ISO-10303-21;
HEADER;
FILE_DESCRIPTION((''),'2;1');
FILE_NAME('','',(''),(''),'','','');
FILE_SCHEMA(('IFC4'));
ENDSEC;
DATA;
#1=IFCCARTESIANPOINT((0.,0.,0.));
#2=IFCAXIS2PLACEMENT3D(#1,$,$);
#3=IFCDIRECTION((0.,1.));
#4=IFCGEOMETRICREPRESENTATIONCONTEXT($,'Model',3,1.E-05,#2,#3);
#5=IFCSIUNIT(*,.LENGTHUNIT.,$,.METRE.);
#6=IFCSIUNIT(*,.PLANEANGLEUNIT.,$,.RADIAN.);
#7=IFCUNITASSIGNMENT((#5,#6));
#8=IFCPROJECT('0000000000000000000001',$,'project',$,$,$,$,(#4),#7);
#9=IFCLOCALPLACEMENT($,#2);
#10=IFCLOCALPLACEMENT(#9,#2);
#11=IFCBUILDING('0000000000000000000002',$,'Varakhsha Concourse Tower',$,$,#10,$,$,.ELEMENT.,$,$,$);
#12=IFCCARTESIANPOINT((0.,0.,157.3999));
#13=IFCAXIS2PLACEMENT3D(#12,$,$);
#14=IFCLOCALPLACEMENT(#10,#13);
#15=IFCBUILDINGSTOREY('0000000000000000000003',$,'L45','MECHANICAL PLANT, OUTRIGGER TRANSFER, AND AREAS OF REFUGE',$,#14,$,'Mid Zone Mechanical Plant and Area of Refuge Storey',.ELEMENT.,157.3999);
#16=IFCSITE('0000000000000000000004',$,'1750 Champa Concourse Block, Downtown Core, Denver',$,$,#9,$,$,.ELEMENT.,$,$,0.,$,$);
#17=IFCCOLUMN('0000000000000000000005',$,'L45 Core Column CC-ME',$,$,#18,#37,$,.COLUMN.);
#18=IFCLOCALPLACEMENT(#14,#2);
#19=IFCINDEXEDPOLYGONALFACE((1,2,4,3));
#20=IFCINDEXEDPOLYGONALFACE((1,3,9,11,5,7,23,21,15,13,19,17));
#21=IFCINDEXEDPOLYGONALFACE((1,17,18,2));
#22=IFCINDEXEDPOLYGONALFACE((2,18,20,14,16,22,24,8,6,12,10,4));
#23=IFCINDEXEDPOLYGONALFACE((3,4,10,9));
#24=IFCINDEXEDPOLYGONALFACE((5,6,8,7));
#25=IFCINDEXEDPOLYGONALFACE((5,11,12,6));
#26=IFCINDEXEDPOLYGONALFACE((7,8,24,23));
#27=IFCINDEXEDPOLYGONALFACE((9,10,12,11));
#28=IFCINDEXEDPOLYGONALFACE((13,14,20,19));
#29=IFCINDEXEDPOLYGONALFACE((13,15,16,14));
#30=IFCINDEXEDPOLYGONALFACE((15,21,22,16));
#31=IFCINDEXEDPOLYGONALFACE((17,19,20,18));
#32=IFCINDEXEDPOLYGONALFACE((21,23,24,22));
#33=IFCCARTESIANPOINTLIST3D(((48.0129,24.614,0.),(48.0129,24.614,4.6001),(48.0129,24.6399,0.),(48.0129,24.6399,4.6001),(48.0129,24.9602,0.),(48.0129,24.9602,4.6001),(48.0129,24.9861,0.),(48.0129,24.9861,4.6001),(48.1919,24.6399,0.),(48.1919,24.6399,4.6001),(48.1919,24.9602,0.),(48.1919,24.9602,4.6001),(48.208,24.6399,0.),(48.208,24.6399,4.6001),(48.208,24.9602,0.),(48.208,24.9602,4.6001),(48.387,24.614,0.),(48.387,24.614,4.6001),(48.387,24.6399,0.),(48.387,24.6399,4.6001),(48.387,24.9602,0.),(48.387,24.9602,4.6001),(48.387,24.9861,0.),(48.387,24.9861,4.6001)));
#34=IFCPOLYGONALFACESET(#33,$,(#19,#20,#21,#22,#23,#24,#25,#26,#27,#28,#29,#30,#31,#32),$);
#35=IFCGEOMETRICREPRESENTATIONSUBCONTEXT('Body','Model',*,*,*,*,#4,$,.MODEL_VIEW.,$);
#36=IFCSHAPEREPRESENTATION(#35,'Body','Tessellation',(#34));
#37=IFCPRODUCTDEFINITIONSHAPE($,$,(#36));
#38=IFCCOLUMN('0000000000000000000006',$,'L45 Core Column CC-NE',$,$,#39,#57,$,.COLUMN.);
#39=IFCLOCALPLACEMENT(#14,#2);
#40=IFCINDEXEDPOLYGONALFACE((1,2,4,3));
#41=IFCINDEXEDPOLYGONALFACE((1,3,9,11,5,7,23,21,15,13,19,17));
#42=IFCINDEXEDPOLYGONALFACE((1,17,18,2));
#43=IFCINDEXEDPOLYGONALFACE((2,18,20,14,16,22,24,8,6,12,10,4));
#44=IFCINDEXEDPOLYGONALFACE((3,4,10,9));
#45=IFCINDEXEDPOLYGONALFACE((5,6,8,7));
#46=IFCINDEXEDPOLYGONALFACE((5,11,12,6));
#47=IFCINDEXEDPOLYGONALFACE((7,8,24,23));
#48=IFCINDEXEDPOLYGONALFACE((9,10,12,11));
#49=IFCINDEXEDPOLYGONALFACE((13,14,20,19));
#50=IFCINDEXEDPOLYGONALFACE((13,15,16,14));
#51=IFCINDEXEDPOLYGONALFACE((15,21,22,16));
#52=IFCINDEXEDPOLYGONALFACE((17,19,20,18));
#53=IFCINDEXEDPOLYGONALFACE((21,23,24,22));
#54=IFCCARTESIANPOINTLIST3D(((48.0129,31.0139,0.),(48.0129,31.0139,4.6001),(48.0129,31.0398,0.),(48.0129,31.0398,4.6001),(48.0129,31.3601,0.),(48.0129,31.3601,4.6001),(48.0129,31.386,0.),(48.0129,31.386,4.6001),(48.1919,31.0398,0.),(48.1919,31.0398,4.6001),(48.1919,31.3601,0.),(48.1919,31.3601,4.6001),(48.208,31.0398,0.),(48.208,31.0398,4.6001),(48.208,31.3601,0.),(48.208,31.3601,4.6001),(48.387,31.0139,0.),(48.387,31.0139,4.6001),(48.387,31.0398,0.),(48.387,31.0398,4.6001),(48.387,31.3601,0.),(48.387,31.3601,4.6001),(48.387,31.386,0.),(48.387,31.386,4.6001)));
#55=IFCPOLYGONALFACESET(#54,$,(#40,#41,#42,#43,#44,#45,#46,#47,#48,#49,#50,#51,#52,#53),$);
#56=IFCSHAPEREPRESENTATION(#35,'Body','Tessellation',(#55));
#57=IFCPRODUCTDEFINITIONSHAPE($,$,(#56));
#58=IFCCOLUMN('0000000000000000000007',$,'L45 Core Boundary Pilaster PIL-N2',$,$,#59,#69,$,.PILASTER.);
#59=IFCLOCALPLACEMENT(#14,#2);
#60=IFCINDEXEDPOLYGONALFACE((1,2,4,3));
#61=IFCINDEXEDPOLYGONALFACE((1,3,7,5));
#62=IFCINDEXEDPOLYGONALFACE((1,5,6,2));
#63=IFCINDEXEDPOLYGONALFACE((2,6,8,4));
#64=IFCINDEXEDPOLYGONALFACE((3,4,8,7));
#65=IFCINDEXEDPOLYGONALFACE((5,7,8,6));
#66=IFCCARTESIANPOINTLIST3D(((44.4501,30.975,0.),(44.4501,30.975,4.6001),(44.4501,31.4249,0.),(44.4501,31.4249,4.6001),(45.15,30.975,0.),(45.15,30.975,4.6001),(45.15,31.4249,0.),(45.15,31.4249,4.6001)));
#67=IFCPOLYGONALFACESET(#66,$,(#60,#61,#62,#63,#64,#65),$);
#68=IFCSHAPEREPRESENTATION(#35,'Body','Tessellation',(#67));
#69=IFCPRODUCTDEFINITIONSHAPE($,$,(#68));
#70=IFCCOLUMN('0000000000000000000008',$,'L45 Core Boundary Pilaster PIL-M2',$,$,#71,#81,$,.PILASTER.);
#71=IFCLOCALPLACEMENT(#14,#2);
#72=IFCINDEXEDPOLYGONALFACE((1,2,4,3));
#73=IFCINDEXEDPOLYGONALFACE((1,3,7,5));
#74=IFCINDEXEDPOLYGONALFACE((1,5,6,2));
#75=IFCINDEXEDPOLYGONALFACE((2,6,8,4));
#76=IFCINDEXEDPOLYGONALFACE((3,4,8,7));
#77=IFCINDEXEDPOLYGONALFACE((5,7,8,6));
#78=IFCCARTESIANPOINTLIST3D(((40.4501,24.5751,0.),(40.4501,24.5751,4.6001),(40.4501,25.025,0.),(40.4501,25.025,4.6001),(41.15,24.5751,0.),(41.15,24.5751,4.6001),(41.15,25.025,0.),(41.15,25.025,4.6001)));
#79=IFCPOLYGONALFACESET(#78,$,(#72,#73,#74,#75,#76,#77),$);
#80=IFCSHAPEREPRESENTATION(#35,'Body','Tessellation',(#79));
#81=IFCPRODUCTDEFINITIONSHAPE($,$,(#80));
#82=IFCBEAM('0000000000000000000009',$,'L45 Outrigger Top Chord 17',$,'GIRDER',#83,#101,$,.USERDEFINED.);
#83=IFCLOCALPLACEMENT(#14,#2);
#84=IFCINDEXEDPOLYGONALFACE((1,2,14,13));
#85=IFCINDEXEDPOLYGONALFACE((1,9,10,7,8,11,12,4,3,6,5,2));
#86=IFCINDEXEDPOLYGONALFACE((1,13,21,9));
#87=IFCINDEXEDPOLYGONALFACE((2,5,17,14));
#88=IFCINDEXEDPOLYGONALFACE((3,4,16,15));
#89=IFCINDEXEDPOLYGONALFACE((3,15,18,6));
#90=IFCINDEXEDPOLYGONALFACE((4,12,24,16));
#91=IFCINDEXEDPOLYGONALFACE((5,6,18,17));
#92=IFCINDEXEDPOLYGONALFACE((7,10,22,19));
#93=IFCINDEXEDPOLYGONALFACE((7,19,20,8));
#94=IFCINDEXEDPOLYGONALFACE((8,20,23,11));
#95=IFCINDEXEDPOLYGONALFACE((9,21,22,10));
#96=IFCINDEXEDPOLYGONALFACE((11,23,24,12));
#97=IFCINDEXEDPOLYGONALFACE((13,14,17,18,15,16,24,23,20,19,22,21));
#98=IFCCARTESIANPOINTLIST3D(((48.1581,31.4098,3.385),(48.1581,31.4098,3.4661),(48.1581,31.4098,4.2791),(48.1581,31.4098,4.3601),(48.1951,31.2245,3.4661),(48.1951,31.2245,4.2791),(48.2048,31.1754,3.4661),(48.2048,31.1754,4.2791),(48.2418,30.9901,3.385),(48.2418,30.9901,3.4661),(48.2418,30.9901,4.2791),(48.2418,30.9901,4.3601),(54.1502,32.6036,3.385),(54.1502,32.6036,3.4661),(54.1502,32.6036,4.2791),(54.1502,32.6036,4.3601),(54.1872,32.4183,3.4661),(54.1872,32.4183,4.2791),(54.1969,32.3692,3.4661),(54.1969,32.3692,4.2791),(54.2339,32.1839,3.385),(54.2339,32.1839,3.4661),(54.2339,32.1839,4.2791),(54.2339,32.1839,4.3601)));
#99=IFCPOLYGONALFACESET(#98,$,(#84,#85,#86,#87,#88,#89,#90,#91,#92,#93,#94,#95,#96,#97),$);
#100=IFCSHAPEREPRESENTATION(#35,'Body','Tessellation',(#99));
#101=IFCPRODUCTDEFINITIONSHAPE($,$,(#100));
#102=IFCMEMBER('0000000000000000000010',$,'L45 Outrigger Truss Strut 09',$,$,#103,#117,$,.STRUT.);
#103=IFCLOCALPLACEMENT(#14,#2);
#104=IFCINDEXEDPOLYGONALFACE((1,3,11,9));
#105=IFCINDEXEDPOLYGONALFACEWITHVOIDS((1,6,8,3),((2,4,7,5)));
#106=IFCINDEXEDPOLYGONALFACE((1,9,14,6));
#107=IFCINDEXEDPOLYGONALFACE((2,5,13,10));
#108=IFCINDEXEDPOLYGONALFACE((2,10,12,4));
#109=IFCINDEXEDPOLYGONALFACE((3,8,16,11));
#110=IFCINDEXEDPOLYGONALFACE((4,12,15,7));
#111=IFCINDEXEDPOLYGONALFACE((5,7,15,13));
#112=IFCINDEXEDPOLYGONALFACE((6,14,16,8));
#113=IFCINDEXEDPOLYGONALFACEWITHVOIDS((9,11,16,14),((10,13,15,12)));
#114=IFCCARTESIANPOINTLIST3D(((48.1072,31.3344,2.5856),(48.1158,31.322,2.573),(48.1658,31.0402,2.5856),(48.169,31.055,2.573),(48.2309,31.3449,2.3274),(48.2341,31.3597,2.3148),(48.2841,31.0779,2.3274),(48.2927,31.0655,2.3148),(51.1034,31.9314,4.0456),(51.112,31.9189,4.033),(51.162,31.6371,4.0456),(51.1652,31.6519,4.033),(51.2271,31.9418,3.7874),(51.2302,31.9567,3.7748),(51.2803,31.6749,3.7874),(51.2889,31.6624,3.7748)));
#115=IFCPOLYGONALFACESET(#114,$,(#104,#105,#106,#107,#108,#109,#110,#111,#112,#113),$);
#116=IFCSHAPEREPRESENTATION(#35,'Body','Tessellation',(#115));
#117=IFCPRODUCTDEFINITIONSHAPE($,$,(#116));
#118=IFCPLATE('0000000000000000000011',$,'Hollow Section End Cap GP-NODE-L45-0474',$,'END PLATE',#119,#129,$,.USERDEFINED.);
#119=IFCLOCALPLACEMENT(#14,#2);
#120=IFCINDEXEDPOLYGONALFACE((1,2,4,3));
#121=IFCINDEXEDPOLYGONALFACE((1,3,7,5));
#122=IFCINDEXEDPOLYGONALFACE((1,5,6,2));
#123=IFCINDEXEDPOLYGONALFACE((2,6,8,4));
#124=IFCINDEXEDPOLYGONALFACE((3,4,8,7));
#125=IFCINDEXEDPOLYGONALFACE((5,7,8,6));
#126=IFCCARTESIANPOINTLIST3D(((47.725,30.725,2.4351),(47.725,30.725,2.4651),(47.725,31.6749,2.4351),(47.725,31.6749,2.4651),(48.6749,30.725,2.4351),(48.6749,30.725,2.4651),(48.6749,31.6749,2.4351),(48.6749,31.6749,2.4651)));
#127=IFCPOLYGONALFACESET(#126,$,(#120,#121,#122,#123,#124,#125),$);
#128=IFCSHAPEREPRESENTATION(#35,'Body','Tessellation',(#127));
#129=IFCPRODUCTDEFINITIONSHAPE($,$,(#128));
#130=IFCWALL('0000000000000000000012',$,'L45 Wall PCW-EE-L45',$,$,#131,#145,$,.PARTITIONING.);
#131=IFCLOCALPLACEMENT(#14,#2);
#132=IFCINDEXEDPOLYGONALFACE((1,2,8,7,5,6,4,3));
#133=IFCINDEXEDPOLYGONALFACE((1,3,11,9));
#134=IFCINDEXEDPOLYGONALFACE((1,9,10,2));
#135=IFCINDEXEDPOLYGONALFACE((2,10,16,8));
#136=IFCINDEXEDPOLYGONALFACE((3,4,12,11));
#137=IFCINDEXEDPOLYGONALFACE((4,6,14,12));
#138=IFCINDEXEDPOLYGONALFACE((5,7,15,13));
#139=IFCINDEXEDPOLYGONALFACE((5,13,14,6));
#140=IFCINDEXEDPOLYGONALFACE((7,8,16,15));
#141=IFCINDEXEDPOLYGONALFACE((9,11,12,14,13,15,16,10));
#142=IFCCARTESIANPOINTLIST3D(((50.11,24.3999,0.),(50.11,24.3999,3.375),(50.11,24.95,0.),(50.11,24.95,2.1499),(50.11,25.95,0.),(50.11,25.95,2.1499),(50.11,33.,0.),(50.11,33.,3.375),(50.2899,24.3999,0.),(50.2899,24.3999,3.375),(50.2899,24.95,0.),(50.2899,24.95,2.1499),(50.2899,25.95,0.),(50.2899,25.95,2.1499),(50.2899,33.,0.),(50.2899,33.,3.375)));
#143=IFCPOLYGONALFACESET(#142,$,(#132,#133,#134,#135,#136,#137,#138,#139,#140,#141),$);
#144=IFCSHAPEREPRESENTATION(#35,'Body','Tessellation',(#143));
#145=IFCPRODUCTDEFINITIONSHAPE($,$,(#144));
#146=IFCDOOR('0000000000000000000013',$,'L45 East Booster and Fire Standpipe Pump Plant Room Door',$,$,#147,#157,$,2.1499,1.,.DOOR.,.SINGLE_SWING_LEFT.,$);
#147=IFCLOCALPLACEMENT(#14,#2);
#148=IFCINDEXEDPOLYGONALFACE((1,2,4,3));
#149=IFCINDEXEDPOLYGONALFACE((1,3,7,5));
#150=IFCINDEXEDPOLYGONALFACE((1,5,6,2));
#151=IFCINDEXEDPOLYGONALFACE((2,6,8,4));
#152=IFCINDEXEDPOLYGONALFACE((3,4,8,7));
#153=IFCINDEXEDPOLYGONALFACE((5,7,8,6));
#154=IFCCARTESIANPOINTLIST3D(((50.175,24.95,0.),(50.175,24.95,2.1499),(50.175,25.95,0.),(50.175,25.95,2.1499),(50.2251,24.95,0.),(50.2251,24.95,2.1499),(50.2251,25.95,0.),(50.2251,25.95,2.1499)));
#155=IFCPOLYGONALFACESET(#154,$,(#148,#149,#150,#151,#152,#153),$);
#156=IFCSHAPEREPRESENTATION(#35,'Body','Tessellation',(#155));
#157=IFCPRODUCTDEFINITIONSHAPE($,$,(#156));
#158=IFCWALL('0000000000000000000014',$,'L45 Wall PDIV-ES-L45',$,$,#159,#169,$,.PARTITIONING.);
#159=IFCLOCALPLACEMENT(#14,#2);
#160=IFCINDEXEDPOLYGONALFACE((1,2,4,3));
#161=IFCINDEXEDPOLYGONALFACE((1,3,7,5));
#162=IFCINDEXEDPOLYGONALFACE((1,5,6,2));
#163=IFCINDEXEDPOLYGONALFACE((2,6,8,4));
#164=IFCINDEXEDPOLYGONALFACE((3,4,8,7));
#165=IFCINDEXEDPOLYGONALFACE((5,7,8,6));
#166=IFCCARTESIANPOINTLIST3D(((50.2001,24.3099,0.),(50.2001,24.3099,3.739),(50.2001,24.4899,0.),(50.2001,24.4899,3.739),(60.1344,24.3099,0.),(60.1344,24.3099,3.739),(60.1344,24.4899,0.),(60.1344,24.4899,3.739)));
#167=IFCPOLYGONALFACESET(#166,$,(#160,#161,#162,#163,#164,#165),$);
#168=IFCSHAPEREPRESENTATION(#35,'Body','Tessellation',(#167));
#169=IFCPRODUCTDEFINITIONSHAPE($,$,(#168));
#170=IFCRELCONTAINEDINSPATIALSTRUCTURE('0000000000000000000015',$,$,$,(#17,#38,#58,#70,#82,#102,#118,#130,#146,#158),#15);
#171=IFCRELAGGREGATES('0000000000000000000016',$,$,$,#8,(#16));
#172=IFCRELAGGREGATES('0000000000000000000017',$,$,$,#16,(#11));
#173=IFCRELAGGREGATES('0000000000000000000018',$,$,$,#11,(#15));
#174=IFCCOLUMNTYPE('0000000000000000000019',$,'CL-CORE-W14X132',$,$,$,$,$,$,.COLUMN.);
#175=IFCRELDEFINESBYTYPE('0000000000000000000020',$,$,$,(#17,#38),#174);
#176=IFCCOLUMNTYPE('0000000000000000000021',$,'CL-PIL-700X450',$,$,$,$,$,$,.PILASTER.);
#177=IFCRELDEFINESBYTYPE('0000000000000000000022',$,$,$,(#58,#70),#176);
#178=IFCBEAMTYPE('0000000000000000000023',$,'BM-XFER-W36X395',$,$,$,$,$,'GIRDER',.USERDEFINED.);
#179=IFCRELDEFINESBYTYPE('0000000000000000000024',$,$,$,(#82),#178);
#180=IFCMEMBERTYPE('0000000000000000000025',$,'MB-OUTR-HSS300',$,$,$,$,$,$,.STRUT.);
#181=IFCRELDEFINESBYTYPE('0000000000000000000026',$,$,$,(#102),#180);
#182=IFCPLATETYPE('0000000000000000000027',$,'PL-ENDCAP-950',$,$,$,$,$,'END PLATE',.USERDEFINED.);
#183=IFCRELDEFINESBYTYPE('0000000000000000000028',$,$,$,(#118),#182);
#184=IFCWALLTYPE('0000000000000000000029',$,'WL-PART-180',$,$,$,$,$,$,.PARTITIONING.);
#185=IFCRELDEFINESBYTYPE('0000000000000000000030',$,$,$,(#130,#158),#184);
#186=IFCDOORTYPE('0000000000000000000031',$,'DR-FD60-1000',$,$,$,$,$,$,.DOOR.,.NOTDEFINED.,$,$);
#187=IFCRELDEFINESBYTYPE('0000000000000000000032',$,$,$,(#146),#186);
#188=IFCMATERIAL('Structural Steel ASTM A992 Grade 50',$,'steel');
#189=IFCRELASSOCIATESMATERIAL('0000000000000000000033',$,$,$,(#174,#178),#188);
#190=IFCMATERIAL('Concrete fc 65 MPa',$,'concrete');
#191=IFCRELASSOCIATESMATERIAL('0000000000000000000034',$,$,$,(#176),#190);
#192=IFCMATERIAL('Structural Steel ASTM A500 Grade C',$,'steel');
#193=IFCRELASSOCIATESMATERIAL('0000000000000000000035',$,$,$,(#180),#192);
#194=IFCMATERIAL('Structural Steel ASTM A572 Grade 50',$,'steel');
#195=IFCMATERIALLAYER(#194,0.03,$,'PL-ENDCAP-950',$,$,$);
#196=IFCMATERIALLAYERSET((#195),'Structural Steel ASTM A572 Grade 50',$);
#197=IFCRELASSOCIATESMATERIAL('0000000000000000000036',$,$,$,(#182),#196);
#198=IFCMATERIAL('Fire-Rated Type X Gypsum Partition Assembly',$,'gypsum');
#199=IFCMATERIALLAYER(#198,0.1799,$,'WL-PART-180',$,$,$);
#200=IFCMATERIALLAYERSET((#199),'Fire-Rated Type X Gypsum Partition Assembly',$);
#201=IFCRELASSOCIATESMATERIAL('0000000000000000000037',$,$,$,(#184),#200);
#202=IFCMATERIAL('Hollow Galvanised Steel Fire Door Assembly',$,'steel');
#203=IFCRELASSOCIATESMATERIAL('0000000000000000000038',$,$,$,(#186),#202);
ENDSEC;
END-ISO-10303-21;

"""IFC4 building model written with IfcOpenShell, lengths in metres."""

from ifc_helpers import new_model, si_unit, direction, frame, frame_2d, origin, origin_2d, place, context, subcontext, project, spatial, rectangle, hollow_rectangle, i_section, extrude, source, transform, mapped, material, layer, layer_set, material_profile, profile_set, type_object, type_shapes, element, fill, save


model = new_model("IFC4")

# Units and contexts
model_context = context("Model", 3, precision=1e-05, world=origin(), true_north=direction((0.0, 1.0)))
body_context = subcontext(model_context, "Body", "Model", "MODEL_VIEW")
ifc_project = project(units=[si_unit("LENGTHUNIT", "METRE"), si_unit("PLANEANGLEUNIT", "RADIAN")], contexts=[model_context])

# Site, building, storey
site_placement = place(None, origin())
site = spatial("IfcSite", under=ifc_project, at=site_placement, Name="1750 Champa Concourse Block, Downtown Core, Denver", CompositionType="ELEMENT", RefElevation=0.0)
building_placement = place(site_placement, origin())
building = spatial("IfcBuilding", under=site, at=building_placement, Name="Varakhsha Concourse Tower", CompositionType="ELEMENT")
storey_placement = place(building_placement, frame((0.0, 0.0, 157.3999)))
storey = spatial("IfcBuildingStorey", under=building, at=storey_placement, Name="L45", Description="MECHANICAL PLANT, OUTRIGGER TRANSFER, AND AREAS OF REFUGE", LongName="Mid Zone Mechanical Plant and Area of Refuge Storey", CompositionType="ELEMENT", Elevation=157.3999)

# Columns
ifc_material_1 = material(Name="Structural Steel ASTM A992 Grade 50", Category="steel")
ifc_material_profile_1 = material_profile(ifc_material_1, i_section(OverallWidth=0.374, OverallDepth=0.3721, WebThickness=0.0161, FlangeThickness=0.0259, at=origin_2d()), Name="W14X132")
ifc_profile_set_1 = profile_set([ifc_material_profile_1], Name="Structural Steel ASTM A992 Grade 50")
column_type_1 = type_object("IfcColumnType", Name="CL-CORE-W14X132", PredefinedType="COLUMN", material=ifc_profile_set_1)
for number, where, z_axis, x_axis, name in (
    (1, (48.2, 24.8, 0.0), (0.0, 0.0, 1.0), (1.0, 0.0, 0.0), "L45 Core Column CC-ME"),
    (2, (48.2, 31.2, 0.0), (0.0, 0.0, 1.0), (1.0, 0.0, 0.0), "L45 Core Column CC-NE"),
):
    element("IfcColumn", number, at=place(storey_placement, frame(where, z_axis=z_axis, x_axis=x_axis)), inside=storey, type_object=column_type_1, Name=name, PredefinedType="COLUMN", context=body_context, shape_type="SweptSolid", body=[
        extrude(i_section(OverallWidth=0.374, OverallDepth=0.3721, WebThickness=0.0161, FlangeThickness=0.0259, at=origin_2d()), origin(), (0.0, 0.0, 1.0), 4.6001),
    ])
ifc_material_2 = material(Name="Concrete fc 65 MPa", Category="concrete")
ifc_material_profile_2 = material_profile(ifc_material_2, rectangle(XDim=0.7, YDim=0.45, at=origin_2d()), Name="RC 700x450")
ifc_profile_set_2 = profile_set([ifc_material_profile_2], Name="Concrete fc 65 MPa")
column_type_2 = type_object("IfcColumnType", Name="CL-PIL-700X450", PredefinedType="PILASTER", material=ifc_profile_set_2)
for number, where, z_axis, x_axis, name in (
    (3, (44.8, 31.2, 0.0), (0.0, 0.0, 1.0), (1.0, 0.0, 0.0), "L45 Core Boundary Pilaster PIL-N2"),
    (4, (40.8, 24.8, 0.0), (0.0, 0.0, 1.0), (1.0, 0.0, 0.0), "L45 Core Boundary Pilaster PIL-M2"),
):
    element("IfcColumn", number, at=place(storey_placement, frame(where, z_axis=z_axis, x_axis=x_axis)), inside=storey, type_object=column_type_2, Name=name, PredefinedType="PILASTER", context=body_context, shape_type="SweptSolid", body=[
        extrude(rectangle(XDim=0.7, YDim=0.45, at=origin_2d()), origin(), (0.0, 0.0, 1.0), 4.6001),
    ])

# Beam
ifc_material_profile_3 = material_profile(ifc_material_1, i_section(OverallWidth=0.428, OverallDepth=0.9751, WebThickness=0.05, FlangeThickness=0.0811, at=origin_2d()), Name="W36X395")
ifc_profile_set_3 = profile_set([ifc_material_profile_3], Name="Structural Steel ASTM A992 Grade 50")
beam_type = type_object("IfcBeamType", Name="BM-XFER-W36X395", ElementType="GIRDER", PredefinedType="USERDEFINED", material=ifc_profile_set_3)
beam_placement = place(storey_placement, frame((48.2, 31.2, 3.8726), z_axis=(0.980725, 0.195394, 0.0), x_axis=(-0.195394, 0.980725, 0.0)))
element("IfcBeam", 5, at=beam_placement, inside=storey, type_object=beam_type, Name="L45 Outrigger Top Chord 17", ObjectType="GIRDER", PredefinedType="USERDEFINED", context=body_context, shape_type="SweptSolid", body=[
    extrude(i_section(OverallWidth=0.428, OverallDepth=0.9751, WebThickness=0.05, FlangeThickness=0.0811, at=origin_2d()), origin(), (0.0, 0.0, 1.0), 6.1099),
])

# Member
ifc_material_3 = material(Name="Structural Steel ASTM A500 Grade C", Category="steel")
ifc_material_profile_4 = material_profile(ifc_material_3, hollow_rectangle(XDim=0.3, YDim=0.3, WallThickness=0.0139, at=origin_2d()), Name="HSS 300x300x14")
ifc_profile_set_4 = profile_set([ifc_material_profile_4], Name="Structural Steel ASTM A500 Grade C")
member_type = type_object("IfcMemberType", Name="MB-OUTR-HSS300", PredefinedType="STRUT", material=ifc_profile_set_4)
shared_shape_1 = source(origin(), body_context, "Body", "SweptSolid", [
    extrude(hollow_rectangle(XDim=0.3, YDim=0.3, WallThickness=0.0139, at=origin_2d()), origin(), (0.0, 0.0, 1.0), 3.386),
])
type_shapes(member_type, [shared_shape_1])
member_placement = place(storey_placement, frame((48.2, 31.2, 2.4502), z_axis=(0.884871, 0.176296, 0.431187), x_axis=(-0.195394, 0.980725, 0.0)))
element("IfcMember", 6, at=member_placement, inside=storey, type_object=member_type, Name="L45 Outrigger Truss Strut 09", PredefinedType="STRUT", context=body_context, shape_type="MappedRepresentation", body=[
    mapped(shared_shape_1, transform((0.0, 0.0, 0.0), scale=1.0)),
])

# Plate
ifc_material_4 = material(Name="Structural Steel ASTM A572 Grade 50", Category="steel")
ifc_layer_1 = layer(ifc_material_4, 0.03, Name="PL-ENDCAP-950")
ifc_layer_set_1 = layer_set([ifc_layer_1], Name="Structural Steel ASTM A572 Grade 50")
plate_type = type_object("IfcPlateType", Name="PL-ENDCAP-950", ElementType="END PLATE", PredefinedType="USERDEFINED", material=ifc_layer_set_1)
shared_shape_2 = source(origin(), body_context, "Body", "SweptSolid", [
    extrude(rectangle(XDim=0.95, YDim=0.95, at=origin_2d()), origin(), (0.0, 0.0, 1.0), 0.03),
])
type_shapes(plate_type, [shared_shape_2])
plate_placement = place(storey_placement, frame((48.2, 31.2, 2.4351), z_axis=(0.0, 0.0, 1.0), x_axis=(1.0, 0.0, 0.0)))
element("IfcPlate", 7, at=plate_placement, inside=storey, type_object=plate_type, Name="Hollow Section End Cap GP-NODE-L45-0474", ObjectType="END PLATE", PredefinedType="USERDEFINED", context=body_context, shape_type="MappedRepresentation", body=[
    mapped(shared_shape_2, transform((0.0, 0.0, 0.0), scale=1.0)),
])

# Wall, opening, door
ifc_material_5 = material(Name="Fire-Rated Type X Gypsum Partition Assembly", Category="gypsum")
ifc_layer_2 = layer(ifc_material_5, 0.1799, Name="WL-PART-180")
ifc_layer_set_2 = layer_set([ifc_layer_2], Name="Fire-Rated Type X Gypsum Partition Assembly")
wall_type_1 = type_object("IfcWallType", Name="WL-PART-180", PredefinedType="PARTITIONING", material=ifc_layer_set_2)
wall_1_placement = place(storey_placement, frame((50.2, 24.3999, 0.0), z_axis=(0.0, 0.0, 1.0), x_axis=(0.0, 1.0, 0.0)))
wall_1 = element("IfcWall", 8, at=wall_1_placement, inside=storey, type_object=wall_type_1, Name="L45 Wall PCW-EE-L45", PredefinedType="PARTITIONING", context=body_context, shape_type="SweptSolid", body=[
    extrude(rectangle(XDim=8.6001, YDim=0.1799, at=frame_2d((4.3, 0.0))), origin(), (0.0, 0.0, 1.0), 3.375),
])
opening_placement = place(wall_1_placement, frame((0.55, 0.0, 0.0)))
opening = element("IfcOpeningElement", 9, at=opening_placement, cuts=wall_1, PredefinedType="OPENING", context=body_context, shape_type="SweptSolid", body=[
    extrude(rectangle(XDim=1.0, YDim=2.1499, at=frame_2d((0.5, 1.075))), frame((0.0, 0.0999, 0.0), z_axis=(0.0, -1.0, 0.0), x_axis=(1.0, 0.0, 0.0)), (0.0, 0.0, 1.0), 0.2),
])
ifc_material_6 = material(Name="Hollow Galvanised Steel Fire Door Assembly", Category="steel")
door_type = type_object("IfcDoorType", Name="DR-FD60-1000", OperationType="NOTDEFINED", PredefinedType="DOOR", material=ifc_material_6)
door_placement = place(opening_placement, origin())
door = element("IfcDoor", 10, at=door_placement, inside=storey, type_object=door_type, Name="L45 East Booster and Fire Standpipe Pump Plant Room Door", OperationType="SINGLE_SWING_LEFT", OverallHeight=2.1499, OverallWidth=1.0, PredefinedType="DOOR", context=body_context, shape_type="SweptSolid", body=[
    extrude(rectangle(XDim=1.0, YDim=2.1499, at=frame_2d((0.5, 1.075))), frame((0.0, 0.0249, 0.0), z_axis=(0.0, -1.0, 0.0), x_axis=(1.0, 0.0, 0.0)), (0.0, 0.0, 1.0), 0.05),
])
fill(opening, door)

# Wall
wall_2_placement = place(storey_placement, frame((50.2, 24.3999, 0.0), z_axis=(0.0, 0.0, 1.0), x_axis=(1.0, 0.0, 0.0)))
element("IfcWall", 11, at=wall_2_placement, inside=storey, type_object=wall_type_1, Name="L45 Wall PDIV-ES-L45", PredefinedType="PARTITIONING", context=body_context, shape_type="SweptSolid", body=[
    extrude(rectangle(XDim=9.9343, YDim=0.1799, at=frame_2d((4.9673, 0.0))), origin(), (0.0, 0.0, 1.0), 3.739),
])

save(model, "model.ifc")
